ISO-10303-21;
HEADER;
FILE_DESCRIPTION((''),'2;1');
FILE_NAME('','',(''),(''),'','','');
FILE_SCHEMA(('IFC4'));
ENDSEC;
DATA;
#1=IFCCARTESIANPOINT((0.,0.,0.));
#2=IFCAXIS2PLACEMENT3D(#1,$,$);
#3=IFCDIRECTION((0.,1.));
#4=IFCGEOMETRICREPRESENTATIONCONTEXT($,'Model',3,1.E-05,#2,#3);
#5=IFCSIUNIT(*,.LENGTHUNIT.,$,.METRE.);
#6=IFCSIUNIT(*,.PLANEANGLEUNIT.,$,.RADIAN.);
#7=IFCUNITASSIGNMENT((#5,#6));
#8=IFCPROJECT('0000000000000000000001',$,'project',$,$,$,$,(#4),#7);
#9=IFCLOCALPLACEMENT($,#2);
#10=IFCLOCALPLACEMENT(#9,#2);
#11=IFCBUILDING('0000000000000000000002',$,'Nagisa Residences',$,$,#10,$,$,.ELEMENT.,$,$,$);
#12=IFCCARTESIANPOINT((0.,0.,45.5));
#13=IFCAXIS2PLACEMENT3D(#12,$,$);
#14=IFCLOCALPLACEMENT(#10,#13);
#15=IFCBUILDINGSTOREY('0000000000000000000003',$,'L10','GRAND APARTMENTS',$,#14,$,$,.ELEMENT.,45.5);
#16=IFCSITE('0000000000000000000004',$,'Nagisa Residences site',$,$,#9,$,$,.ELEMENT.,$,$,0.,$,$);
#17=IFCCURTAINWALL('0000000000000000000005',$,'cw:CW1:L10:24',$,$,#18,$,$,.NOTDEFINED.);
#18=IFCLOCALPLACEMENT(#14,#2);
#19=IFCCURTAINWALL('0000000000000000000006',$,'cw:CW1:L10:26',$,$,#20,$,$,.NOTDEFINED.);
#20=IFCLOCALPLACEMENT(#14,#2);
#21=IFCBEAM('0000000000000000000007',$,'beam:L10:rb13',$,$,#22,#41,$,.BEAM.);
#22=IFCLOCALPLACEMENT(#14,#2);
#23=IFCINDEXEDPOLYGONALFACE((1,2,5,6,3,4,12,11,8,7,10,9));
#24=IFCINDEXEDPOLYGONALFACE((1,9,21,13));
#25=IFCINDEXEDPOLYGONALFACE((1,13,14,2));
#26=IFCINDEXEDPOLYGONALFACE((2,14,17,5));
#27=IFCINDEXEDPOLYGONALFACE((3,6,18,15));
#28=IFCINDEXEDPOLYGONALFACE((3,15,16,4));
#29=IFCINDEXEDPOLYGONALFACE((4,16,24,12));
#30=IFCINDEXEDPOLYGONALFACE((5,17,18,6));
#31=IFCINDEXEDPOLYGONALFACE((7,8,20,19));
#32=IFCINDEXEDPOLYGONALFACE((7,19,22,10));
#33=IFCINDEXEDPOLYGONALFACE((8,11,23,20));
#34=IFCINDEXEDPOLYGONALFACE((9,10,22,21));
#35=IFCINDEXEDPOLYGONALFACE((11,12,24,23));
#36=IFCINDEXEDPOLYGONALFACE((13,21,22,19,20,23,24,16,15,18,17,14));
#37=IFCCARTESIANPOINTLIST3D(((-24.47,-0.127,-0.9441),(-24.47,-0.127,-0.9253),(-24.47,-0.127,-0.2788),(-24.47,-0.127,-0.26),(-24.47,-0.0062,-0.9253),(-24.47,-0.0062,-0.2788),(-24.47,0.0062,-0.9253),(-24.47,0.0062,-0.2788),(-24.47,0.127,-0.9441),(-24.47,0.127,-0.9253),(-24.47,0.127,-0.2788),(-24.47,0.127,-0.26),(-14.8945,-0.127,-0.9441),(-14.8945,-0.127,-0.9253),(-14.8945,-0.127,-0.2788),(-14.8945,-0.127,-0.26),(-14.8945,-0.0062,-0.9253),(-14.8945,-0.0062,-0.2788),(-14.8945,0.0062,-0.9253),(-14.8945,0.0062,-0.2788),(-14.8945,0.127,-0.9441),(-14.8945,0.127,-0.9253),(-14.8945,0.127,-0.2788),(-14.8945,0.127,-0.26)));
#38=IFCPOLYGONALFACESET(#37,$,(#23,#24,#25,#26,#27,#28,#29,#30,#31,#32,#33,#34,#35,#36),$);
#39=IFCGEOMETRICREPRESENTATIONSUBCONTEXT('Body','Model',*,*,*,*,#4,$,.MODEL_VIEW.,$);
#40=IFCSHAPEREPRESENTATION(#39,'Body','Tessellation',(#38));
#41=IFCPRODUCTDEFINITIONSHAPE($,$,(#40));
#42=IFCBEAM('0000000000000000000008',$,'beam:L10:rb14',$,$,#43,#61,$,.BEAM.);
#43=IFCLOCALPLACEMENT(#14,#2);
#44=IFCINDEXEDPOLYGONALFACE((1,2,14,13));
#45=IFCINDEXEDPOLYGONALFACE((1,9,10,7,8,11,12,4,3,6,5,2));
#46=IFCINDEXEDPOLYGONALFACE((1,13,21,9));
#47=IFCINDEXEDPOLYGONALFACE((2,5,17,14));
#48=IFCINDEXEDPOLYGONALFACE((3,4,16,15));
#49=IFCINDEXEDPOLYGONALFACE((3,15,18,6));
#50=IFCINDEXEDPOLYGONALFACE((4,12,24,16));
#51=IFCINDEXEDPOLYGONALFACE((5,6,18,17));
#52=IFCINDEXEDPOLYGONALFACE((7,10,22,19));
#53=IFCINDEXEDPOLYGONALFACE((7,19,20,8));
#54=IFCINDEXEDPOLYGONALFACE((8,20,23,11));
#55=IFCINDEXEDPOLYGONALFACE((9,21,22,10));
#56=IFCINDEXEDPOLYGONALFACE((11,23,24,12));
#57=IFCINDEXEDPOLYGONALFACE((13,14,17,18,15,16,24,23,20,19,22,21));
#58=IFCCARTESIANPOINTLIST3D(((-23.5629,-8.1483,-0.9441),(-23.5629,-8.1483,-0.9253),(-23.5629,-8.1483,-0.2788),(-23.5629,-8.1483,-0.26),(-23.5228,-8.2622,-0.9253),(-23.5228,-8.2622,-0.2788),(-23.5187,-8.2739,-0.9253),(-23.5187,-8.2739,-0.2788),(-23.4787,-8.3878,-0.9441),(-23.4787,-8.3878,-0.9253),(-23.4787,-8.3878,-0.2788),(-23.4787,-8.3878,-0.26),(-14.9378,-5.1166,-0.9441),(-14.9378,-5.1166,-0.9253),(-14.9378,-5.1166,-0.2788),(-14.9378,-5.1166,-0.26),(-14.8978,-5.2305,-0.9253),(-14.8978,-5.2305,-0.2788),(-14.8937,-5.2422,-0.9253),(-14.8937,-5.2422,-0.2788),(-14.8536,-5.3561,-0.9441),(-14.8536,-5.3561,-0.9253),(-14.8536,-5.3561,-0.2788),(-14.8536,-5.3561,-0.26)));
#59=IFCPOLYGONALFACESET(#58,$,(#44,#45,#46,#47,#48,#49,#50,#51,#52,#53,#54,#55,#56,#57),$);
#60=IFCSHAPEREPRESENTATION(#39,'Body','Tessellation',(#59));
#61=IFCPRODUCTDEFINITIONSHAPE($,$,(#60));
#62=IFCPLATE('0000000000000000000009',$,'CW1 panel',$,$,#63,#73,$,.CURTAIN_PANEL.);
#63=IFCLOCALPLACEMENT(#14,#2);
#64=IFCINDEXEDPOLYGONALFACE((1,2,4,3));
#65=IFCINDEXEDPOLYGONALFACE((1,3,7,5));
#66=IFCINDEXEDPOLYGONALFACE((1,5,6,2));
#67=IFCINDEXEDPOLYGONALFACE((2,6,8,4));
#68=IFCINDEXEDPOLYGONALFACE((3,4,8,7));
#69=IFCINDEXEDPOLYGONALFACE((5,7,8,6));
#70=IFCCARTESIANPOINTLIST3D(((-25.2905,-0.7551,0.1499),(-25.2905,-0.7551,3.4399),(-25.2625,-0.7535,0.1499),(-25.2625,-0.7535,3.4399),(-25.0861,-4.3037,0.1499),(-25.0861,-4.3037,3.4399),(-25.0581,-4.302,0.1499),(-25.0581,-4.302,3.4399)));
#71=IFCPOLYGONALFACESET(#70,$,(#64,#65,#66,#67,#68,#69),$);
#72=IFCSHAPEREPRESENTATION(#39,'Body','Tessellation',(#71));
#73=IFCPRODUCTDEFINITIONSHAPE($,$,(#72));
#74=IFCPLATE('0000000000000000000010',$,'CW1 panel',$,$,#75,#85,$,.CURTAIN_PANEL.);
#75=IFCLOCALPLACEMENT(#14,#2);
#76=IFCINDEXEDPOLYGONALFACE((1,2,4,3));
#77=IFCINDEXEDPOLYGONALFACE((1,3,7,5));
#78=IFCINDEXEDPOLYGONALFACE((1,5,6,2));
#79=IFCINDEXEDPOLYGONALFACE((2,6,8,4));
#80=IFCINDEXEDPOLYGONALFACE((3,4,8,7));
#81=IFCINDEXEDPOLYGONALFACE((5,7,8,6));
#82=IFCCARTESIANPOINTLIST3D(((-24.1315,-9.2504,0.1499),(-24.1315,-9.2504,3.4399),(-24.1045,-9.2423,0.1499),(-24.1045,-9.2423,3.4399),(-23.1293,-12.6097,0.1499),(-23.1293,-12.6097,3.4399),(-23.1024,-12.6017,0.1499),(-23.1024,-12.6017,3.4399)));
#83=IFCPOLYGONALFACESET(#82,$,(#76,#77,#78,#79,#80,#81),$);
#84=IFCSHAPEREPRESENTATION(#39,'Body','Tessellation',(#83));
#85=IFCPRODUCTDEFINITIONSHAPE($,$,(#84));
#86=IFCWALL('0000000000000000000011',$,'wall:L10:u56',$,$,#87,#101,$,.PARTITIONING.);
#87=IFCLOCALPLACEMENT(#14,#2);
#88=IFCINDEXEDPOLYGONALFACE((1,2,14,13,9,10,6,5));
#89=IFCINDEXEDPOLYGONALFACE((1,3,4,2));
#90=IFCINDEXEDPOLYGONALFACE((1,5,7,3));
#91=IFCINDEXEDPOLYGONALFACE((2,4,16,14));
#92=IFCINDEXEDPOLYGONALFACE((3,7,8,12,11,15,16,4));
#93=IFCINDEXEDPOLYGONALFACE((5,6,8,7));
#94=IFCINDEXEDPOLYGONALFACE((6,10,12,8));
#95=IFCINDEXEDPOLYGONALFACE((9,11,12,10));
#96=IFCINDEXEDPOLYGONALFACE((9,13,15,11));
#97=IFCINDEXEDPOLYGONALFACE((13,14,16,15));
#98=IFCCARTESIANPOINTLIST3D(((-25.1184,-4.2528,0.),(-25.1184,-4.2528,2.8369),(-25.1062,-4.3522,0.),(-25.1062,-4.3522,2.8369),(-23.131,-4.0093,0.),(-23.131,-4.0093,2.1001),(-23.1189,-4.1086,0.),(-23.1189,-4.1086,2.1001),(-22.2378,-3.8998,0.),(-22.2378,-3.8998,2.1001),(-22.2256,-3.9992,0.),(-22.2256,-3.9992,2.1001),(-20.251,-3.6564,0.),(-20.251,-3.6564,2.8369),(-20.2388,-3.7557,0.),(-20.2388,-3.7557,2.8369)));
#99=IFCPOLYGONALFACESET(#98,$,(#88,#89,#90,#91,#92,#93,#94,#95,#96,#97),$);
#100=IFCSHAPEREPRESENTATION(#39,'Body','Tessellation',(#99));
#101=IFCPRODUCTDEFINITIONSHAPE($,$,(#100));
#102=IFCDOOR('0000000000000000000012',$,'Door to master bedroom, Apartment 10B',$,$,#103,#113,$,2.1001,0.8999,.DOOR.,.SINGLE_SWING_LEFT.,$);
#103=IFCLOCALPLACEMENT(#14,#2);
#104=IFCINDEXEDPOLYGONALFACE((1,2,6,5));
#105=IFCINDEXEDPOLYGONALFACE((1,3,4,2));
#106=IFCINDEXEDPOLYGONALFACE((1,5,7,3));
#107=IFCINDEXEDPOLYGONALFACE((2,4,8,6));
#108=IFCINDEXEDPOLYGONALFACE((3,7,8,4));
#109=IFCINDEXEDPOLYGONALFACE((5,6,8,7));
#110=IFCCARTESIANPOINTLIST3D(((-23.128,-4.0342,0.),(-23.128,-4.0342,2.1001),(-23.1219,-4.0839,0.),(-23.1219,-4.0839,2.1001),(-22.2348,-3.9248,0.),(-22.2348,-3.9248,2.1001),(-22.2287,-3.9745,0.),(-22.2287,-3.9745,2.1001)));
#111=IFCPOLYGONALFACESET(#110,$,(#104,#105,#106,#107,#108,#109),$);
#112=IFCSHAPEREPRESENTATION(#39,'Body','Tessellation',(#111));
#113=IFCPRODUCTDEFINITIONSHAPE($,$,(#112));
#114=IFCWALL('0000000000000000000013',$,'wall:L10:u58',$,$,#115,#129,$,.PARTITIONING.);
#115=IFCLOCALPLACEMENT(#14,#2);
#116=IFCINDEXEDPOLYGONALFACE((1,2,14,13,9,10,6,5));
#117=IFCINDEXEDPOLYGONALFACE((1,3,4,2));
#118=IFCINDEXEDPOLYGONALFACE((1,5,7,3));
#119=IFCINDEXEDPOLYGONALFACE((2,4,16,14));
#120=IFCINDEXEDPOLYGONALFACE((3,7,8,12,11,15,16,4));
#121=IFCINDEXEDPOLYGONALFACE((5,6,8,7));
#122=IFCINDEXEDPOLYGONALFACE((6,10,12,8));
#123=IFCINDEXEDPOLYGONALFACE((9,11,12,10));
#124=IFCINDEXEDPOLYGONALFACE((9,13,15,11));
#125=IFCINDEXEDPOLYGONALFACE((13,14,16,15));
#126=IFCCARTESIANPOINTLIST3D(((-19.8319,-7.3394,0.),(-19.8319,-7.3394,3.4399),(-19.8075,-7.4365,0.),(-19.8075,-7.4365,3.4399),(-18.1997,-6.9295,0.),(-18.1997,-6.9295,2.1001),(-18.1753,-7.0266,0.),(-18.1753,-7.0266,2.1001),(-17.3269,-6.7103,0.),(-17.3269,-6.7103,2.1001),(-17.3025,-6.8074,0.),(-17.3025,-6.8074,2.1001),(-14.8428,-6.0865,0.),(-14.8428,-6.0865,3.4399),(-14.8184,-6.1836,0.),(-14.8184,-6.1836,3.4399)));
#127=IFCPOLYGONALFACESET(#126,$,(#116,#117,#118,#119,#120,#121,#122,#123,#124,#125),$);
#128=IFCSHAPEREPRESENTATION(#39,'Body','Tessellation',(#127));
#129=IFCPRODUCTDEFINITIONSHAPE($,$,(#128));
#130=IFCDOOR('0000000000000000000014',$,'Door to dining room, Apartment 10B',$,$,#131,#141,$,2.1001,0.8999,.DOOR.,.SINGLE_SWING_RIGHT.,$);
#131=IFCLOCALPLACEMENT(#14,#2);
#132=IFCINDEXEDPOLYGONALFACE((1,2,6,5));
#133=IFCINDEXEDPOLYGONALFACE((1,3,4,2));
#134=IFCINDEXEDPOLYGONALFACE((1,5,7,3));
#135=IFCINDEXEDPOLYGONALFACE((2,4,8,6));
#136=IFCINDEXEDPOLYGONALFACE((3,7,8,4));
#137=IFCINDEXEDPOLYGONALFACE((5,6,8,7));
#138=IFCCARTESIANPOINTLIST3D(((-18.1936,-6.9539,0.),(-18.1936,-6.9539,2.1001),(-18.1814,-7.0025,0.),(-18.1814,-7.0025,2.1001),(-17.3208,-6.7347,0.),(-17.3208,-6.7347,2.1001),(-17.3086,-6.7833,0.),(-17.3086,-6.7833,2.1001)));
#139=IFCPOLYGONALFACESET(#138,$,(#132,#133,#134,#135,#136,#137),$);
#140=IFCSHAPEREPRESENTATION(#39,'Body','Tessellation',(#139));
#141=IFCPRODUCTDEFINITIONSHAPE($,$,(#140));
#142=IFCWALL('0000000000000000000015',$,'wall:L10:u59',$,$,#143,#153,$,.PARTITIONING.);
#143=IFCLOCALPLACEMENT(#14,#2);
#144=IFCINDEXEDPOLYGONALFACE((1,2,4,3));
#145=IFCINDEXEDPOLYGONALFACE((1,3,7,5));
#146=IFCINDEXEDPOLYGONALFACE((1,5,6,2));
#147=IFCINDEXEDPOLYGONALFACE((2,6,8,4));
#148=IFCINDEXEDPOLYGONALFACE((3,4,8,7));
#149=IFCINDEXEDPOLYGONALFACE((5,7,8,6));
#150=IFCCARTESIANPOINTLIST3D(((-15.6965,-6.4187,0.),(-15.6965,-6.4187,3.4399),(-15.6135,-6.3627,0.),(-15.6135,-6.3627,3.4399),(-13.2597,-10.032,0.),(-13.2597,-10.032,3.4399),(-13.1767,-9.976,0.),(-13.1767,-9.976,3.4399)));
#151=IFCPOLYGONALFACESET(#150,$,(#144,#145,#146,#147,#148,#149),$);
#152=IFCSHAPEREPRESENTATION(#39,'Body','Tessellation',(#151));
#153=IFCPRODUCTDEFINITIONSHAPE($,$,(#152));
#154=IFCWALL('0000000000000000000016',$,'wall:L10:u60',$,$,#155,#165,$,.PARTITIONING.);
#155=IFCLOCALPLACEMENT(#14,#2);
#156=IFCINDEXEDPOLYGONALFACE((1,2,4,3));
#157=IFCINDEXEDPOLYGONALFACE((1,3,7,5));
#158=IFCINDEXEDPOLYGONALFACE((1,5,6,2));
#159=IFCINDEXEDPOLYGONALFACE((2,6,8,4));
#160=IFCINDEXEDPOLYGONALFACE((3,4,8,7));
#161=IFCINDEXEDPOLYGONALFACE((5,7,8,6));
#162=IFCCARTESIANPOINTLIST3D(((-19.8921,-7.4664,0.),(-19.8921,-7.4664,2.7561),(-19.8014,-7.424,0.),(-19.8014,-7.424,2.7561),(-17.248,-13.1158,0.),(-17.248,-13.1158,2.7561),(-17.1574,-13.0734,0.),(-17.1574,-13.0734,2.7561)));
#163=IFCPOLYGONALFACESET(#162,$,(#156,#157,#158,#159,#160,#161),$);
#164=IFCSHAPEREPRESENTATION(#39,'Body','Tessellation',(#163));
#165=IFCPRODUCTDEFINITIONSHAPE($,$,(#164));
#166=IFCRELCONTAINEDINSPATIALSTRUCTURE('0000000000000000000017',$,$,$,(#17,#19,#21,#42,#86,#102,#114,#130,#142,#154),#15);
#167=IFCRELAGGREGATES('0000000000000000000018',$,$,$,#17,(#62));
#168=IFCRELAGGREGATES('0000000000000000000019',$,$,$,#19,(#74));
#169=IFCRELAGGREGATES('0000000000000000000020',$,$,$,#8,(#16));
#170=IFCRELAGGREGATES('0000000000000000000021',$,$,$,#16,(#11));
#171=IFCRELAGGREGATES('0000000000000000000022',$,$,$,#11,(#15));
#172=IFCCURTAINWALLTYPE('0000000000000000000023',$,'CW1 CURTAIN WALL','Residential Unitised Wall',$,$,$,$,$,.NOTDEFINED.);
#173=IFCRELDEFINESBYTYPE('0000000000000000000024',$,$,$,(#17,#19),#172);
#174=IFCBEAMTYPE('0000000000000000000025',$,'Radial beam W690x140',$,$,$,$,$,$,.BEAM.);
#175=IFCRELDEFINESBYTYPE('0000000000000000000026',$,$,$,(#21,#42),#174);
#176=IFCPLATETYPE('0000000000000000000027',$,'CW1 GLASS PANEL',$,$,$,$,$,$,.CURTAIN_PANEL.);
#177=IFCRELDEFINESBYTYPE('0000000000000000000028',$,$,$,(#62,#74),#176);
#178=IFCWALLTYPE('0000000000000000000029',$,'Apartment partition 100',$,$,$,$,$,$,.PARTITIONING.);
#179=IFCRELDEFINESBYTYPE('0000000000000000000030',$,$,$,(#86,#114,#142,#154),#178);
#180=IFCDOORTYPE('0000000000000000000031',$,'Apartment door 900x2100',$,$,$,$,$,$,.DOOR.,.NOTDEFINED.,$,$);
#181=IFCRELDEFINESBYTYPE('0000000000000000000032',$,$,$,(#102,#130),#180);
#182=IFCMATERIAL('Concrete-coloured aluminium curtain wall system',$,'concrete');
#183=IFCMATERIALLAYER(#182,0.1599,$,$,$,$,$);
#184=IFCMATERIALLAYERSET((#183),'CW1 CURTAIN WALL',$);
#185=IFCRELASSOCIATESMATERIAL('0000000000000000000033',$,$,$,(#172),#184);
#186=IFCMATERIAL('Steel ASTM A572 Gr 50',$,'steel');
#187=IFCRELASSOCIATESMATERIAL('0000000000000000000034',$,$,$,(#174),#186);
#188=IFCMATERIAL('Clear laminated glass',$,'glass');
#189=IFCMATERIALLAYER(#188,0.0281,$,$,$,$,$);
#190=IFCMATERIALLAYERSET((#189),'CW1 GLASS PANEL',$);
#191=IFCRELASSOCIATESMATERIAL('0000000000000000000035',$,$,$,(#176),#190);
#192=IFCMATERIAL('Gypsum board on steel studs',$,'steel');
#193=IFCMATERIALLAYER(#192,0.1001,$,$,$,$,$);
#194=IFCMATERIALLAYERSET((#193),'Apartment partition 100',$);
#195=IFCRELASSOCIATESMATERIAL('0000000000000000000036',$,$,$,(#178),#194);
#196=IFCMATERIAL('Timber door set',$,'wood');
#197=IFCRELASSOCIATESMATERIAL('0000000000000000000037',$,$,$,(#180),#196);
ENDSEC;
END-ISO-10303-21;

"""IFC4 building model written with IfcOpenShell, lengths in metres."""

from ifc_helpers import new_model, si_unit, direction, frame, frame_2d, origin, origin_2d, place, context, subcontext, project, spatial, rectangle, i_section, extrude, material, layer, layer_set, material_profile, profile_set, type_object, element, fill, aggregate, save


model = new_model("IFC4")

# Units and contexts
model_context = context("Model", 3, precision=1e-05, world=origin(), true_north=direction((0.0, 1.0)))
body_context = subcontext(model_context, "Body", "Model", "MODEL_VIEW")
ifc_project = project(units=[si_unit("LENGTHUNIT", "METRE"), si_unit("PLANEANGLEUNIT", "RADIAN")], contexts=[model_context])

# Site, building, storey
site_placement = place(None, origin())
site = spatial("IfcSite", under=ifc_project, at=site_placement, Name="Nagisa Residences site", CompositionType="ELEMENT", RefElevation=0.0)
building_placement = place(site_placement, origin())
building = spatial("IfcBuilding", under=site, at=building_placement, Name="Nagisa Residences", CompositionType="ELEMENT")
storey_placement = place(building_placement, frame((0.0, 0.0, 45.5)))
storey = spatial("IfcBuildingStorey", under=building, at=storey_placement, Name="L10", Description="GRAND APARTMENTS", CompositionType="ELEMENT", Elevation=45.5)

# Curtain walls
ifc_material_1 = material(Name="Concrete-coloured aluminium curtain wall system", Category="concrete")
ifc_layer_1 = layer(ifc_material_1, 0.1599)
ifc_layer_set_1 = layer_set([ifc_layer_1], Name="CW1 CURTAIN WALL")
curtain_wall_type = type_object("IfcCurtainWallType", Name="CW1 CURTAIN WALL", Description="Residential Unitised Wall", PredefinedType="NOTDEFINED", material=ifc_layer_set_1)
curtain_wall_1_placement = place(storey_placement, origin())
curtain_wall_1 = element("IfcCurtainWall", 1, at=curtain_wall_1_placement, inside=storey, type_object=curtain_wall_type, Name="cw:CW1:L10:24", PredefinedType="NOTDEFINED")
curtain_wall_2_placement = place(storey_placement, origin())
curtain_wall_2 = element("IfcCurtainWall", 2, at=curtain_wall_2_placement, inside=storey, type_object=curtain_wall_type, Name="cw:CW1:L10:26", PredefinedType="NOTDEFINED")

# Beams
ifc_material_2 = material(Name="Steel ASTM A572 Gr 50", Category="steel")
ifc_material_profile_1 = material_profile(ifc_material_2, i_section(OverallWidth=0.2539, OverallDepth=0.6841, WebThickness=0.0125, FlangeThickness=0.0188, at=origin_2d()), Name="W690x140")
ifc_profile_set_1 = profile_set([ifc_material_profile_1], Name="Steel ASTM A572 Gr 50")
beam_type_1 = type_object("IfcBeamType", Name="Radial beam W690x140", PredefinedType="BEAM", material=ifc_profile_set_1)
beam_1_placement = place(storey_placement, frame((-24.47, 0.0, -0.6021), z_axis=(1.0, 0.0, 0.0), x_axis=(0.0, 1.0, 0.0)))
element("IfcBeam", 3, at=beam_1_placement, inside=storey, type_object=beam_type_1, Name="beam:L10:rb13", PredefinedType="BEAM", context=body_context, shape_type="SweptSolid", body=[
    extrude(i_section(OverallWidth=0.2539, OverallDepth=0.6841, WebThickness=0.0125, FlangeThickness=0.0188, at=origin_2d()), origin(), (0.0, 0.0, 1.0), 9.5754),
])
beam_2_placement = place(storey_placement, frame((-23.5208, -8.2681, -0.6021), z_axis=(0.943415, 0.331616, 0.0), x_axis=(-0.331616, 0.943415, 0.0)))
element("IfcBeam", 4, at=beam_2_placement, inside=storey, type_object=beam_type_1, Name="beam:L10:rb14", PredefinedType="BEAM", context=body_context, shape_type="SweptSolid", body=[
    extrude(i_section(OverallWidth=0.2539, OverallDepth=0.6841, WebThickness=0.0125, FlangeThickness=0.0188, at=origin_2d()), origin(), (0.0, 0.0, 1.0), 9.1423),
])

# Plates
ifc_material_3 = material(Name="Clear laminated glass", Category="glass")
ifc_layer_2 = layer(ifc_material_3, 0.0281)
ifc_layer_set_2 = layer_set([ifc_layer_2], Name="CW1 GLASS PANEL")
plate_type = type_object("IfcPlateType", Name="CW1 GLASS PANEL", PredefinedType="CURTAIN_PANEL", material=ifc_layer_set_2)
plate_1_placement = place(storey_placement, frame((-25.1743, -2.5286, 0.1499), z_axis=(0.0, 0.0, 1.0), x_axis=(0.057503, -0.998345, 0.0)))
plate_1 = element("IfcPlate", 5, at=plate_1_placement, type_object=plate_type, Name="CW1 panel", PredefinedType="CURTAIN_PANEL", context=body_context, shape_type="SweptSolid", body=[
    extrude(rectangle(XDim=3.5544, YDim=0.0281, at=origin_2d()), origin(), (0.0, 0.0, 1.0), 3.29),
])
aggregate(curtain_wall_1, [plate_1])
plate_2_placement = place(storey_placement, frame((-23.6169, -10.926, 0.1499), z_axis=(0.0, 0.0, 1.0), x_axis=(0.28586, -0.958271, 0.0)))
plate_2 = element("IfcPlate", 6, at=plate_2_placement, type_object=plate_type, Name="CW1 panel", PredefinedType="CURTAIN_PANEL", context=body_context, shape_type="SweptSolid", body=[
    extrude(rectangle(XDim=3.5056, YDim=0.0281, at=origin_2d()), origin(), (0.0, 0.0, 1.0), 3.29),
])
aggregate(curtain_wall_2, [plate_2])

# Walls, openings, doors
ifc_material_4 = material(Name="Gypsum board on steel studs", Category="steel")
ifc_layer_3 = layer(ifc_material_4, 0.1001)
ifc_layer_set_3 = layer_set([ifc_layer_3], Name="Apartment partition 100")
wall_type_1 = type_object("IfcWallType", Name="Apartment partition 100", PredefinedType="PARTITIONING", material=ifc_layer_set_3)
wall_1_placement = place(storey_placement, frame((-20.2449, -3.7061, 0.0), z_axis=(0.0, 0.0, 1.0), x_axis=(-0.992576, -0.121626, 0.0)))
wall_1 = element("IfcWall", 7, at=wall_1_placement, inside=storey, type_object=wall_type_1, Name="wall:L10:u56", PredefinedType="PARTITIONING", context=body_context, shape_type="SweptSolid", body=[
    extrude(rectangle(XDim=4.9038, YDim=0.1001, at=frame_2d((2.4519, 0.0))), origin(), (0.0, 0.0, 1.0), 2.8369),
])
opening_1_placement = place(wall_1_placement, frame((2.0017, 0.0, 0.0)))
opening_1 = element("IfcOpeningElement", 8, at=opening_1_placement, cuts=wall_1, PredefinedType="OPENING", context=body_context, shape_type="SweptSolid", body=[
    extrude(rectangle(XDim=0.8999, YDim=2.1001, at=frame_2d((0.45, 1.05))), frame((0.0, 0.0601, 0.0), z_axis=(0.0, -1.0, 0.0), x_axis=(1.0, 0.0, 0.0)), (0.0, 0.0, 1.0), 0.1201),
])
ifc_material_5 = material(Name="Timber door set", Category="wood")
door_type_1 = type_object("IfcDoorType", Name="Apartment door 900x2100", OperationType="NOTDEFINED", PredefinedType="DOOR", material=ifc_material_5)
door_1_placement = place(opening_1_placement, frame((0.8999, 0.0, 0.0), x_axis=(-1.0, 0.0, 0.0)))
door_1 = element("IfcDoor", 9, at=door_1_placement, inside=storey, type_object=door_type_1, Name="Door to master bedroom, Apartment 10B", OperationType="SINGLE_SWING_LEFT", OverallHeight=2.1001, OverallWidth=0.8999, PredefinedType="DOOR", context=body_context, shape_type="SweptSolid", body=[
    extrude(rectangle(XDim=0.8999, YDim=2.1001, at=frame_2d((0.45, 1.05))), frame((0.0, 0.0249, 0.0), z_axis=(0.0, -1.0, 0.0), x_axis=(1.0, 0.0, 0.0)), (0.0, 0.0, 1.0), 0.05),
])
fill(opening_1, door_1)
wall_2_placement = place(storey_placement, frame((-14.8306, -6.135, 0.0), z_axis=(0.0, 0.0, 1.0), x_axis=(-0.969882, -0.243574, 0.0)))
wall_2 = element("IfcWall", 10, at=wall_2_placement, inside=storey, type_object=wall_type_1, Name="wall:L10:u58", PredefinedType="PARTITIONING", context=body_context, shape_type="SweptSolid", body=[
    extrude(rectangle(XDim=5.144, YDim=0.1001, at=frame_2d((2.572, 0.0))), origin(), (0.0, 0.0, 1.0), 3.4399),
])
opening_2_placement = place(wall_2_placement, frame((2.5613, 0.0, 0.0)))
opening_2 = element("IfcOpeningElement", 11, at=opening_2_placement, cuts=wall_2, PredefinedType="OPENING", context=body_context, shape_type="SweptSolid", body=[
    extrude(rectangle(XDim=0.8999, YDim=2.1001, at=frame_2d((0.45, 1.05))), frame((0.0, 0.0601, 0.0), z_axis=(0.0, -1.0, 0.0), x_axis=(1.0, 0.0, 0.0)), (0.0, 0.0, 1.0), 0.1201),
])
door_2_placement = place(opening_2_placement, frame((0.8999, 0.0, 0.0), x_axis=(-1.0, 0.0, 0.0)))
door_2 = element("IfcDoor", 12, at=door_2_placement, inside=storey, type_object=door_type_1, Name="Door to dining room, Apartment 10B", OperationType="SINGLE_SWING_RIGHT", OverallHeight=2.1001, OverallWidth=0.8999, PredefinedType="DOOR", context=body_context, shape_type="SweptSolid", body=[
    extrude(rectangle(XDim=0.8999, YDim=2.1001, at=frame_2d((0.45, 1.05))), frame((0.0, 0.0249, 0.0), z_axis=(0.0, -1.0, 0.0), x_axis=(1.0, 0.0, 0.0)), (0.0, 0.0, 1.0), 0.05),
])
fill(opening_2, door_2)

# Walls
wall_3_placement = place(storey_placement, frame((-15.655, -6.3906, 0.0), z_axis=(0.0, 0.0, 1.0), x_axis=(0.559126, -0.829082, 0.0)))
element("IfcWall", 13, at=wall_3_placement, inside=storey, type_object=wall_type_1, Name="wall:L10:u59", PredefinedType="PARTITIONING", context=body_context, shape_type="SweptSolid", body=[
    extrude(rectangle(XDim=4.3582, YDim=0.1001, at=frame_2d((2.1792, 0.0))), origin(), (0.0, 0.0, 1.0), 3.4399),
])
wall_4_placement = place(storey_placement, frame((-19.8467, -7.4453, 0.0), z_axis=(0.0, 0.0, 1.0), x_axis=(0.423892, -0.905713, 0.0)))
element("IfcWall", 14, at=wall_4_placement, inside=storey, type_object=wall_type_1, Name="wall:L10:u60", PredefinedType="PARTITIONING", context=body_context, shape_type="SweptSolid", body=[
    extrude(rectangle(XDim=6.2375, YDim=0.1001, at=frame_2d((3.1187, 0.0))), origin(), (0.0, 0.0, 1.0), 2.7561),
])

save(model, "model.ifc")
